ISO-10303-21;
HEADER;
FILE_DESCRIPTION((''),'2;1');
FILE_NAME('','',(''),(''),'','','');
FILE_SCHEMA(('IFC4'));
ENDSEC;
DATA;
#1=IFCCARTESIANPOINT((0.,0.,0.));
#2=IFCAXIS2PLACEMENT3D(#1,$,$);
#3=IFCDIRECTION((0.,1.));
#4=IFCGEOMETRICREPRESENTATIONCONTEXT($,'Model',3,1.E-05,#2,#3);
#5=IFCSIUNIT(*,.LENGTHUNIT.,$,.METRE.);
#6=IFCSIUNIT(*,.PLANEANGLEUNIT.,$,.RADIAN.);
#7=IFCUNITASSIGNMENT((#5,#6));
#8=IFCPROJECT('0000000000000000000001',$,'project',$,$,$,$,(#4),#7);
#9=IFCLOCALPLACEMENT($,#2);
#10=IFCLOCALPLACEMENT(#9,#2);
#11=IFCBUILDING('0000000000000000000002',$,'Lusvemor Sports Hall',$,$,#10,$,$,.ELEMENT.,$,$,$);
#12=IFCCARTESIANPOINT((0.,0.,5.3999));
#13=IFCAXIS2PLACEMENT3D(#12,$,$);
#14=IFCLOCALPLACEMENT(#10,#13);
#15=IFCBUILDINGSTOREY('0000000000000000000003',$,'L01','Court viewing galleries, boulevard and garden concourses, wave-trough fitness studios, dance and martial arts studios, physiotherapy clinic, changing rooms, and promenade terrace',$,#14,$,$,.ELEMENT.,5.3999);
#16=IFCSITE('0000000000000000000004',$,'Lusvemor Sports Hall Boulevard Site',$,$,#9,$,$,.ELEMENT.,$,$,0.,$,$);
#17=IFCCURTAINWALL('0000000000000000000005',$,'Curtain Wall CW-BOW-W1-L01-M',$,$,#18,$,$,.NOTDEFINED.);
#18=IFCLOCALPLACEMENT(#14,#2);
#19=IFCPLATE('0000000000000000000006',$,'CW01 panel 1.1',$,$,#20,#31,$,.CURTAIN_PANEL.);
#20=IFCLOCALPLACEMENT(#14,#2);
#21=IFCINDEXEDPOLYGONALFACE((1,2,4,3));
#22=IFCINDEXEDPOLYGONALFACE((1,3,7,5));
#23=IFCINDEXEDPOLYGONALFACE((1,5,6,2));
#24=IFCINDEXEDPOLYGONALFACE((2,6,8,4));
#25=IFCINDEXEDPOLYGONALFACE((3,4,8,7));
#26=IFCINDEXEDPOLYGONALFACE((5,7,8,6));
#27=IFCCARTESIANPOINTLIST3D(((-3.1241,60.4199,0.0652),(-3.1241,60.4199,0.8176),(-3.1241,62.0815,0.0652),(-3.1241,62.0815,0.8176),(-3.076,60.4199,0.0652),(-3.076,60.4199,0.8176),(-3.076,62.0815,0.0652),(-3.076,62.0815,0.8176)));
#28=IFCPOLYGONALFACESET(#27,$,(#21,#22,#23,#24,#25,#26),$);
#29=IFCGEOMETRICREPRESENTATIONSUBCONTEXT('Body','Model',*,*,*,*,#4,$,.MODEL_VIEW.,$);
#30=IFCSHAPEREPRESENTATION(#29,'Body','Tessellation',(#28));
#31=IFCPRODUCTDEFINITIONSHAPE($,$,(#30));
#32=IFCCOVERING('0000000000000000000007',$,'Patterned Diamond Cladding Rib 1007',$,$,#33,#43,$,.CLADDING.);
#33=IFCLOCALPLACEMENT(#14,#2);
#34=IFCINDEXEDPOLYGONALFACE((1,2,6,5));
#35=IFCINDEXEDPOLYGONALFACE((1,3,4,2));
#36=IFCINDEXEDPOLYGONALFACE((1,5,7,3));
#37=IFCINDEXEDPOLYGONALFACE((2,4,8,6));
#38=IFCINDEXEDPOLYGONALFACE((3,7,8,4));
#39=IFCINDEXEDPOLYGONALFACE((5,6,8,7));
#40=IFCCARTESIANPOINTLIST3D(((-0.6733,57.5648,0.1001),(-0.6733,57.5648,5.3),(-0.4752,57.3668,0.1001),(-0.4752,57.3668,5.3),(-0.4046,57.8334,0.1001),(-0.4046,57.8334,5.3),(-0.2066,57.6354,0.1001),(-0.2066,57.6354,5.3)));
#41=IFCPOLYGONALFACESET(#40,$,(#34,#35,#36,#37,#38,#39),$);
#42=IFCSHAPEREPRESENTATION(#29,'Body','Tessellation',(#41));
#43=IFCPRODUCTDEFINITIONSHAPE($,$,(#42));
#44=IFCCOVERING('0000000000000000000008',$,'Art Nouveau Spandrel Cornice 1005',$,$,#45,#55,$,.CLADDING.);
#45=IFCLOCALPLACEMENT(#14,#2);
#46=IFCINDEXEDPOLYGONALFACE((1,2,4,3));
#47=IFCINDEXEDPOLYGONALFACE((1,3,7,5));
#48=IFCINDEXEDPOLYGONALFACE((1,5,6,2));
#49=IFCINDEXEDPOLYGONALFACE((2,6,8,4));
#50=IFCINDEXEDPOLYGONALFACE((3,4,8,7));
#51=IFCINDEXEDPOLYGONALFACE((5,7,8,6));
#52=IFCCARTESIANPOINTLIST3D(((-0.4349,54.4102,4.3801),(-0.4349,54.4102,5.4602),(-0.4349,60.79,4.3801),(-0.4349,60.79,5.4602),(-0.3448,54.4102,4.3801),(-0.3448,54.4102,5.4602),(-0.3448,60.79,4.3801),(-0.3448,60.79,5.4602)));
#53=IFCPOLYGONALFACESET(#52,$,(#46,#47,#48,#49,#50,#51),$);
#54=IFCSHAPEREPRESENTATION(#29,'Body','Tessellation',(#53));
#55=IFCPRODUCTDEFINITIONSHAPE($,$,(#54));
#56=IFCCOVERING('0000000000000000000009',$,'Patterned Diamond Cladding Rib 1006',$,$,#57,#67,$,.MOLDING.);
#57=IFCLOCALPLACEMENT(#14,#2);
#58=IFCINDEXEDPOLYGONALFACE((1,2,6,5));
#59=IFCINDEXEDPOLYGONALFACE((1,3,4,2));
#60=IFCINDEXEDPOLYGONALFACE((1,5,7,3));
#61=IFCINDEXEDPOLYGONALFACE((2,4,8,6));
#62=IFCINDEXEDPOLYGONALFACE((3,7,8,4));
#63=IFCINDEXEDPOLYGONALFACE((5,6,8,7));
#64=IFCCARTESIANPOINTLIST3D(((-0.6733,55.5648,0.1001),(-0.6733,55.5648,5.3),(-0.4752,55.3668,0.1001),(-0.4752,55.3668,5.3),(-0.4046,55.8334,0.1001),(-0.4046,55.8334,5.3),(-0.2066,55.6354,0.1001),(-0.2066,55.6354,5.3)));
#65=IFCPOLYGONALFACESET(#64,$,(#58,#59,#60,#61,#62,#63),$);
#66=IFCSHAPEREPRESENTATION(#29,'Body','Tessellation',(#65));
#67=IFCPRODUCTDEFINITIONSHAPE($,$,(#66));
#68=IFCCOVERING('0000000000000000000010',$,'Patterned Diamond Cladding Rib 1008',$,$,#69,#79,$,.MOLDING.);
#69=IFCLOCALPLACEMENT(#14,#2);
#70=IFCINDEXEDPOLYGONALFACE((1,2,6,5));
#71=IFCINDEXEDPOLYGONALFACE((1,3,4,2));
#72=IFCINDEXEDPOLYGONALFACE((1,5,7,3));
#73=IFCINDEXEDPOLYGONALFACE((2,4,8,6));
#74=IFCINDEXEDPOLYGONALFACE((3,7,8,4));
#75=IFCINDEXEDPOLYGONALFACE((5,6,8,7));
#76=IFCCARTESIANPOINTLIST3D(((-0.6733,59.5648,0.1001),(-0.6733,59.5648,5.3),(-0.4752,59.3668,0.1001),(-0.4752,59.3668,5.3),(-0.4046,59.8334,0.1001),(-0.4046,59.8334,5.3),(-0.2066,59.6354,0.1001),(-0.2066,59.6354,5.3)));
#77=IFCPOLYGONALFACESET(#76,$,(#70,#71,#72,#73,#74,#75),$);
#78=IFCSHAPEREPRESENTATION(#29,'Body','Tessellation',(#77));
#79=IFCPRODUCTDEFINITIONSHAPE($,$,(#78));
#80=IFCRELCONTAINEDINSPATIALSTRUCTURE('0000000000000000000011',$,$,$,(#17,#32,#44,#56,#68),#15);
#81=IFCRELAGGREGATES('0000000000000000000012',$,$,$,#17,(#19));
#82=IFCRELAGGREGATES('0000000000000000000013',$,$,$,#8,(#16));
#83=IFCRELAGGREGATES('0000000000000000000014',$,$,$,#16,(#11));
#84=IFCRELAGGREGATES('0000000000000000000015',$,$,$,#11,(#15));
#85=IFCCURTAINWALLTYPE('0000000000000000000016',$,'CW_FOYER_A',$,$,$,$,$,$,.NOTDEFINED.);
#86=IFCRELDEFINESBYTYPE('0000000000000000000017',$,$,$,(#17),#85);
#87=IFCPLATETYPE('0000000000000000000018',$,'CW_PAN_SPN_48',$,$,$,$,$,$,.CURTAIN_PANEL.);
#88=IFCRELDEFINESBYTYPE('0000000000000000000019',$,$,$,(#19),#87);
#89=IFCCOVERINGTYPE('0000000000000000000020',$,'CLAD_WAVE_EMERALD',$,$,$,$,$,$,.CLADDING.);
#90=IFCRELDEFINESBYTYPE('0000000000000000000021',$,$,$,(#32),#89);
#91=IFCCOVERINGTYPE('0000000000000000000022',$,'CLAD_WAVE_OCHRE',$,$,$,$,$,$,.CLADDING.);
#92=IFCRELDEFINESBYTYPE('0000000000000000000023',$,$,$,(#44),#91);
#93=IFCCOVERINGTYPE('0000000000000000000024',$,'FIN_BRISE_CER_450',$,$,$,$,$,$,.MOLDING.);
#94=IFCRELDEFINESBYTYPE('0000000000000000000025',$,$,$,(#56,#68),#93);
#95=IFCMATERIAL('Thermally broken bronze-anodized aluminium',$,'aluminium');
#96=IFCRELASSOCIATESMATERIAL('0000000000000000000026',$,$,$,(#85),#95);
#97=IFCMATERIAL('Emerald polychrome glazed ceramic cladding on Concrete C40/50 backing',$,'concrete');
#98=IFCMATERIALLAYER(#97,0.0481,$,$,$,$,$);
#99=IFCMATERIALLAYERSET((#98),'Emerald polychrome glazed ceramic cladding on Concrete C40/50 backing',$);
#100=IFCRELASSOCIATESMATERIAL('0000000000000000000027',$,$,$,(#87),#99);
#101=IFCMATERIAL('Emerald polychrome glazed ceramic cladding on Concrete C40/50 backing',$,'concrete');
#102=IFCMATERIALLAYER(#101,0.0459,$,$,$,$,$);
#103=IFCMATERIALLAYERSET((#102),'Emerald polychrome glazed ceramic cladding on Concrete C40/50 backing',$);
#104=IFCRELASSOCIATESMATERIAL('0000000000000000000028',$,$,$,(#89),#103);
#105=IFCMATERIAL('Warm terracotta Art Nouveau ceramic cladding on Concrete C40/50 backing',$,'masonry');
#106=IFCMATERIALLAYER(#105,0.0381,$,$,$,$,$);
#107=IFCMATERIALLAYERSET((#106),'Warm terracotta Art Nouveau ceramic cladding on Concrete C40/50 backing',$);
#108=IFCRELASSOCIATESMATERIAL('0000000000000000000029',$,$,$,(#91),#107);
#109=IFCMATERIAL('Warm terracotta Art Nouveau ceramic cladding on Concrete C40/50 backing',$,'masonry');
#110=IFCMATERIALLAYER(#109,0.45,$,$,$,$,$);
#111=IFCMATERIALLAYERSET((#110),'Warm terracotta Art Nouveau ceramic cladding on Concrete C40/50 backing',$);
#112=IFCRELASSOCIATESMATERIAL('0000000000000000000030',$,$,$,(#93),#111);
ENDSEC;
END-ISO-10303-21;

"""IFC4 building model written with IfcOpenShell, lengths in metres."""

from ifc_helpers import new_model, si_unit, direction, frame, origin, origin_2d, place, context, subcontext, project, spatial, rectangle, extrude, material, layer, layer_set, type_object, element, aggregate, save


model = new_model("IFC4")

# Units and contexts
model_context = context("Model", 3, precision=1e-05, world=origin(), true_north=direction((0.0, 1.0)))
body_context = subcontext(model_context, "Body", "Model", "MODEL_VIEW")
ifc_project = project(units=[si_unit("LENGTHUNIT", "METRE"), si_unit("PLANEANGLEUNIT", "RADIAN")], contexts=[model_context])

# Site, building, storey
site_placement = place(None, origin())
site = spatial("IfcSite", under=ifc_project, at=site_placement, Name="Lusvemor Sports Hall Boulevard Site", CompositionType="ELEMENT", RefElevation=0.0)
building_placement = place(site_placement, origin())
building = spatial("IfcBuilding", under=site, at=building_placement, Name="Lusvemor Sports Hall", CompositionType="ELEMENT")
storey_placement = place(building_placement, frame((0.0, 0.0, 5.3999)))
storey = spatial("IfcBuildingStorey", under=building, at=storey_placement, Name="L01", Description="Court viewing galleries, boulevard and garden concourses, wave-trough fitness studios, dance and martial arts studios, physiotherapy clinic, changing rooms, and promenade terrace", CompositionType="ELEMENT", Elevation=5.3999)

# Curtain wall
ifc_material_1 = material(Name="Thermally broken bronze-anodized aluminium", Category="aluminium")
curtain_wall_type_1 = type_object("IfcCurtainWallType", Name="CW_FOYER_A", PredefinedType="NOTDEFINED", material=ifc_material_1)
curtain_wall_1_placement = place(storey_placement, origin())
curtain_wall_1 = element("IfcCurtainWall", 1, at=curtain_wall_1_placement, inside=storey, type_object=curtain_wall_type_1, Name="Curtain Wall CW-BOW-W1-L01-M", PredefinedType="NOTDEFINED")

# Plate
ifc_material_2 = material(Name="Emerald polychrome glazed ceramic cladding on Concrete C40/50 backing", Category="concrete")
ifc_layer_1 = layer(ifc_material_2, 0.0481)
ifc_layer_set_1 = layer_set([ifc_layer_1], Name="Emerald polychrome glazed ceramic cladding on Concrete C40/50 backing")
plate_type_1 = type_object("IfcPlateType", Name="CW_PAN_SPN_48", PredefinedType="CURTAIN_PANEL", material=ifc_layer_set_1)
plate_1_placement = place(storey_placement, frame((-3.1001, 61.2507, 0.0652), z_axis=(0.0, 0.0, 1.0), x_axis=(0.0, 1.0, 0.0)))
plate_1 = element("IfcPlate", 2, at=plate_1_placement, type_object=plate_type_1, Name="CW01 panel 1.1", PredefinedType="CURTAIN_PANEL", context=body_context, shape_type="SweptSolid", body=[
    extrude(rectangle(XDim=1.6616, YDim=0.0481, at=origin_2d()), origin(), (0.0, 0.0, 1.0), 0.7524),
])
aggregate(curtain_wall_1, [plate_1])

# Coverings
ifc_material_3 = material(Name="Emerald polychrome glazed ceramic cladding on Concrete C40/50 backing", Category="concrete")
ifc_layer_2 = layer(ifc_material_3, 0.0459)
ifc_layer_set_2 = layer_set([ifc_layer_2], Name="Emerald polychrome glazed ceramic cladding on Concrete C40/50 backing")
covering_type_1 = type_object("IfcCoveringType", Name="CLAD_WAVE_EMERALD", PredefinedType="CLADDING", material=ifc_layer_set_2)
covering_1_placement = place(storey_placement, frame((-0.4399, 57.6001, 0.1001), z_axis=(0.0, 0.0, 1.0), x_axis=(0.707107, 0.707107, 0.0)))
element("IfcCovering", 3, at=covering_1_placement, inside=storey, type_object=covering_type_1, Name="Patterned Diamond Cladding Rib 1007", PredefinedType="CLADDING", context=body_context, shape_type="SweptSolid", body=[
    extrude(rectangle(XDim=0.3799, YDim=0.28, at=origin_2d()), origin(), (0.0, 0.0, 1.0), 5.2),
])
ifc_material_4 = material(Name="Warm terracotta Art Nouveau ceramic cladding on Concrete C40/50 backing", Category="masonry")
ifc_layer_3 = layer(ifc_material_4, 0.0381)
ifc_layer_set_3 = layer_set([ifc_layer_3], Name="Warm terracotta Art Nouveau ceramic cladding on Concrete C40/50 backing")
covering_type_2 = type_object("IfcCoveringType", Name="CLAD_WAVE_OCHRE", PredefinedType="CLADDING", material=ifc_layer_set_3)
covering_2_placement = place(storey_placement, frame((-0.3899, 57.6001, 4.3801), z_axis=(0.0, 0.0, 1.0), x_axis=(1.0, 0.0, 0.0)))
element("IfcCovering", 4, at=covering_2_placement, inside=storey, type_object=covering_type_2, Name="Art Nouveau Spandrel Cornice 1005", PredefinedType="CLADDING", context=body_context, shape_type="SweptSolid", body=[
    extrude(rectangle(XDim=0.0901, YDim=6.3799, at=origin_2d()), origin(), (0.0, 0.0, 1.0), 1.0801),
])
ifc_material_5 = material(Name="Warm terracotta Art Nouveau ceramic cladding on Concrete C40/50 backing", Category="masonry")
ifc_layer_4 = layer(ifc_material_5, 0.45)
ifc_layer_set_4 = layer_set([ifc_layer_4], Name="Warm terracotta Art Nouveau ceramic cladding on Concrete C40/50 backing")
covering_type_3 = type_object("IfcCoveringType", Name="FIN_BRISE_CER_450", PredefinedType="MOLDING", material=ifc_layer_set_4)
for number, where, z_axis, x_axis, name in (
    (5, (-0.4399, 55.6001, 0.1001), (0.0, 0.0, 1.0), (0.707107, 0.707107, 0.0), "Patterned Diamond Cladding Rib 1006"),
    (6, (-0.4399, 59.6001, 0.1001), (0.0, 0.0, 1.0), (0.707107, 0.707107, 0.0), "Patterned Diamond Cladding Rib 1008"),
):
    element("IfcCovering", number, at=place(storey_placement, frame(where, z_axis=z_axis, x_axis=x_axis)), inside=storey, type_object=covering_type_3, Name=name, PredefinedType="MOLDING", context=body_context, shape_type="SweptSolid", body=[
        extrude(rectangle(XDim=0.3799, YDim=0.28, at=origin_2d()), origin(), (0.0, 0.0, 1.0), 5.2),
    ])

save(model, "model.ifc")
